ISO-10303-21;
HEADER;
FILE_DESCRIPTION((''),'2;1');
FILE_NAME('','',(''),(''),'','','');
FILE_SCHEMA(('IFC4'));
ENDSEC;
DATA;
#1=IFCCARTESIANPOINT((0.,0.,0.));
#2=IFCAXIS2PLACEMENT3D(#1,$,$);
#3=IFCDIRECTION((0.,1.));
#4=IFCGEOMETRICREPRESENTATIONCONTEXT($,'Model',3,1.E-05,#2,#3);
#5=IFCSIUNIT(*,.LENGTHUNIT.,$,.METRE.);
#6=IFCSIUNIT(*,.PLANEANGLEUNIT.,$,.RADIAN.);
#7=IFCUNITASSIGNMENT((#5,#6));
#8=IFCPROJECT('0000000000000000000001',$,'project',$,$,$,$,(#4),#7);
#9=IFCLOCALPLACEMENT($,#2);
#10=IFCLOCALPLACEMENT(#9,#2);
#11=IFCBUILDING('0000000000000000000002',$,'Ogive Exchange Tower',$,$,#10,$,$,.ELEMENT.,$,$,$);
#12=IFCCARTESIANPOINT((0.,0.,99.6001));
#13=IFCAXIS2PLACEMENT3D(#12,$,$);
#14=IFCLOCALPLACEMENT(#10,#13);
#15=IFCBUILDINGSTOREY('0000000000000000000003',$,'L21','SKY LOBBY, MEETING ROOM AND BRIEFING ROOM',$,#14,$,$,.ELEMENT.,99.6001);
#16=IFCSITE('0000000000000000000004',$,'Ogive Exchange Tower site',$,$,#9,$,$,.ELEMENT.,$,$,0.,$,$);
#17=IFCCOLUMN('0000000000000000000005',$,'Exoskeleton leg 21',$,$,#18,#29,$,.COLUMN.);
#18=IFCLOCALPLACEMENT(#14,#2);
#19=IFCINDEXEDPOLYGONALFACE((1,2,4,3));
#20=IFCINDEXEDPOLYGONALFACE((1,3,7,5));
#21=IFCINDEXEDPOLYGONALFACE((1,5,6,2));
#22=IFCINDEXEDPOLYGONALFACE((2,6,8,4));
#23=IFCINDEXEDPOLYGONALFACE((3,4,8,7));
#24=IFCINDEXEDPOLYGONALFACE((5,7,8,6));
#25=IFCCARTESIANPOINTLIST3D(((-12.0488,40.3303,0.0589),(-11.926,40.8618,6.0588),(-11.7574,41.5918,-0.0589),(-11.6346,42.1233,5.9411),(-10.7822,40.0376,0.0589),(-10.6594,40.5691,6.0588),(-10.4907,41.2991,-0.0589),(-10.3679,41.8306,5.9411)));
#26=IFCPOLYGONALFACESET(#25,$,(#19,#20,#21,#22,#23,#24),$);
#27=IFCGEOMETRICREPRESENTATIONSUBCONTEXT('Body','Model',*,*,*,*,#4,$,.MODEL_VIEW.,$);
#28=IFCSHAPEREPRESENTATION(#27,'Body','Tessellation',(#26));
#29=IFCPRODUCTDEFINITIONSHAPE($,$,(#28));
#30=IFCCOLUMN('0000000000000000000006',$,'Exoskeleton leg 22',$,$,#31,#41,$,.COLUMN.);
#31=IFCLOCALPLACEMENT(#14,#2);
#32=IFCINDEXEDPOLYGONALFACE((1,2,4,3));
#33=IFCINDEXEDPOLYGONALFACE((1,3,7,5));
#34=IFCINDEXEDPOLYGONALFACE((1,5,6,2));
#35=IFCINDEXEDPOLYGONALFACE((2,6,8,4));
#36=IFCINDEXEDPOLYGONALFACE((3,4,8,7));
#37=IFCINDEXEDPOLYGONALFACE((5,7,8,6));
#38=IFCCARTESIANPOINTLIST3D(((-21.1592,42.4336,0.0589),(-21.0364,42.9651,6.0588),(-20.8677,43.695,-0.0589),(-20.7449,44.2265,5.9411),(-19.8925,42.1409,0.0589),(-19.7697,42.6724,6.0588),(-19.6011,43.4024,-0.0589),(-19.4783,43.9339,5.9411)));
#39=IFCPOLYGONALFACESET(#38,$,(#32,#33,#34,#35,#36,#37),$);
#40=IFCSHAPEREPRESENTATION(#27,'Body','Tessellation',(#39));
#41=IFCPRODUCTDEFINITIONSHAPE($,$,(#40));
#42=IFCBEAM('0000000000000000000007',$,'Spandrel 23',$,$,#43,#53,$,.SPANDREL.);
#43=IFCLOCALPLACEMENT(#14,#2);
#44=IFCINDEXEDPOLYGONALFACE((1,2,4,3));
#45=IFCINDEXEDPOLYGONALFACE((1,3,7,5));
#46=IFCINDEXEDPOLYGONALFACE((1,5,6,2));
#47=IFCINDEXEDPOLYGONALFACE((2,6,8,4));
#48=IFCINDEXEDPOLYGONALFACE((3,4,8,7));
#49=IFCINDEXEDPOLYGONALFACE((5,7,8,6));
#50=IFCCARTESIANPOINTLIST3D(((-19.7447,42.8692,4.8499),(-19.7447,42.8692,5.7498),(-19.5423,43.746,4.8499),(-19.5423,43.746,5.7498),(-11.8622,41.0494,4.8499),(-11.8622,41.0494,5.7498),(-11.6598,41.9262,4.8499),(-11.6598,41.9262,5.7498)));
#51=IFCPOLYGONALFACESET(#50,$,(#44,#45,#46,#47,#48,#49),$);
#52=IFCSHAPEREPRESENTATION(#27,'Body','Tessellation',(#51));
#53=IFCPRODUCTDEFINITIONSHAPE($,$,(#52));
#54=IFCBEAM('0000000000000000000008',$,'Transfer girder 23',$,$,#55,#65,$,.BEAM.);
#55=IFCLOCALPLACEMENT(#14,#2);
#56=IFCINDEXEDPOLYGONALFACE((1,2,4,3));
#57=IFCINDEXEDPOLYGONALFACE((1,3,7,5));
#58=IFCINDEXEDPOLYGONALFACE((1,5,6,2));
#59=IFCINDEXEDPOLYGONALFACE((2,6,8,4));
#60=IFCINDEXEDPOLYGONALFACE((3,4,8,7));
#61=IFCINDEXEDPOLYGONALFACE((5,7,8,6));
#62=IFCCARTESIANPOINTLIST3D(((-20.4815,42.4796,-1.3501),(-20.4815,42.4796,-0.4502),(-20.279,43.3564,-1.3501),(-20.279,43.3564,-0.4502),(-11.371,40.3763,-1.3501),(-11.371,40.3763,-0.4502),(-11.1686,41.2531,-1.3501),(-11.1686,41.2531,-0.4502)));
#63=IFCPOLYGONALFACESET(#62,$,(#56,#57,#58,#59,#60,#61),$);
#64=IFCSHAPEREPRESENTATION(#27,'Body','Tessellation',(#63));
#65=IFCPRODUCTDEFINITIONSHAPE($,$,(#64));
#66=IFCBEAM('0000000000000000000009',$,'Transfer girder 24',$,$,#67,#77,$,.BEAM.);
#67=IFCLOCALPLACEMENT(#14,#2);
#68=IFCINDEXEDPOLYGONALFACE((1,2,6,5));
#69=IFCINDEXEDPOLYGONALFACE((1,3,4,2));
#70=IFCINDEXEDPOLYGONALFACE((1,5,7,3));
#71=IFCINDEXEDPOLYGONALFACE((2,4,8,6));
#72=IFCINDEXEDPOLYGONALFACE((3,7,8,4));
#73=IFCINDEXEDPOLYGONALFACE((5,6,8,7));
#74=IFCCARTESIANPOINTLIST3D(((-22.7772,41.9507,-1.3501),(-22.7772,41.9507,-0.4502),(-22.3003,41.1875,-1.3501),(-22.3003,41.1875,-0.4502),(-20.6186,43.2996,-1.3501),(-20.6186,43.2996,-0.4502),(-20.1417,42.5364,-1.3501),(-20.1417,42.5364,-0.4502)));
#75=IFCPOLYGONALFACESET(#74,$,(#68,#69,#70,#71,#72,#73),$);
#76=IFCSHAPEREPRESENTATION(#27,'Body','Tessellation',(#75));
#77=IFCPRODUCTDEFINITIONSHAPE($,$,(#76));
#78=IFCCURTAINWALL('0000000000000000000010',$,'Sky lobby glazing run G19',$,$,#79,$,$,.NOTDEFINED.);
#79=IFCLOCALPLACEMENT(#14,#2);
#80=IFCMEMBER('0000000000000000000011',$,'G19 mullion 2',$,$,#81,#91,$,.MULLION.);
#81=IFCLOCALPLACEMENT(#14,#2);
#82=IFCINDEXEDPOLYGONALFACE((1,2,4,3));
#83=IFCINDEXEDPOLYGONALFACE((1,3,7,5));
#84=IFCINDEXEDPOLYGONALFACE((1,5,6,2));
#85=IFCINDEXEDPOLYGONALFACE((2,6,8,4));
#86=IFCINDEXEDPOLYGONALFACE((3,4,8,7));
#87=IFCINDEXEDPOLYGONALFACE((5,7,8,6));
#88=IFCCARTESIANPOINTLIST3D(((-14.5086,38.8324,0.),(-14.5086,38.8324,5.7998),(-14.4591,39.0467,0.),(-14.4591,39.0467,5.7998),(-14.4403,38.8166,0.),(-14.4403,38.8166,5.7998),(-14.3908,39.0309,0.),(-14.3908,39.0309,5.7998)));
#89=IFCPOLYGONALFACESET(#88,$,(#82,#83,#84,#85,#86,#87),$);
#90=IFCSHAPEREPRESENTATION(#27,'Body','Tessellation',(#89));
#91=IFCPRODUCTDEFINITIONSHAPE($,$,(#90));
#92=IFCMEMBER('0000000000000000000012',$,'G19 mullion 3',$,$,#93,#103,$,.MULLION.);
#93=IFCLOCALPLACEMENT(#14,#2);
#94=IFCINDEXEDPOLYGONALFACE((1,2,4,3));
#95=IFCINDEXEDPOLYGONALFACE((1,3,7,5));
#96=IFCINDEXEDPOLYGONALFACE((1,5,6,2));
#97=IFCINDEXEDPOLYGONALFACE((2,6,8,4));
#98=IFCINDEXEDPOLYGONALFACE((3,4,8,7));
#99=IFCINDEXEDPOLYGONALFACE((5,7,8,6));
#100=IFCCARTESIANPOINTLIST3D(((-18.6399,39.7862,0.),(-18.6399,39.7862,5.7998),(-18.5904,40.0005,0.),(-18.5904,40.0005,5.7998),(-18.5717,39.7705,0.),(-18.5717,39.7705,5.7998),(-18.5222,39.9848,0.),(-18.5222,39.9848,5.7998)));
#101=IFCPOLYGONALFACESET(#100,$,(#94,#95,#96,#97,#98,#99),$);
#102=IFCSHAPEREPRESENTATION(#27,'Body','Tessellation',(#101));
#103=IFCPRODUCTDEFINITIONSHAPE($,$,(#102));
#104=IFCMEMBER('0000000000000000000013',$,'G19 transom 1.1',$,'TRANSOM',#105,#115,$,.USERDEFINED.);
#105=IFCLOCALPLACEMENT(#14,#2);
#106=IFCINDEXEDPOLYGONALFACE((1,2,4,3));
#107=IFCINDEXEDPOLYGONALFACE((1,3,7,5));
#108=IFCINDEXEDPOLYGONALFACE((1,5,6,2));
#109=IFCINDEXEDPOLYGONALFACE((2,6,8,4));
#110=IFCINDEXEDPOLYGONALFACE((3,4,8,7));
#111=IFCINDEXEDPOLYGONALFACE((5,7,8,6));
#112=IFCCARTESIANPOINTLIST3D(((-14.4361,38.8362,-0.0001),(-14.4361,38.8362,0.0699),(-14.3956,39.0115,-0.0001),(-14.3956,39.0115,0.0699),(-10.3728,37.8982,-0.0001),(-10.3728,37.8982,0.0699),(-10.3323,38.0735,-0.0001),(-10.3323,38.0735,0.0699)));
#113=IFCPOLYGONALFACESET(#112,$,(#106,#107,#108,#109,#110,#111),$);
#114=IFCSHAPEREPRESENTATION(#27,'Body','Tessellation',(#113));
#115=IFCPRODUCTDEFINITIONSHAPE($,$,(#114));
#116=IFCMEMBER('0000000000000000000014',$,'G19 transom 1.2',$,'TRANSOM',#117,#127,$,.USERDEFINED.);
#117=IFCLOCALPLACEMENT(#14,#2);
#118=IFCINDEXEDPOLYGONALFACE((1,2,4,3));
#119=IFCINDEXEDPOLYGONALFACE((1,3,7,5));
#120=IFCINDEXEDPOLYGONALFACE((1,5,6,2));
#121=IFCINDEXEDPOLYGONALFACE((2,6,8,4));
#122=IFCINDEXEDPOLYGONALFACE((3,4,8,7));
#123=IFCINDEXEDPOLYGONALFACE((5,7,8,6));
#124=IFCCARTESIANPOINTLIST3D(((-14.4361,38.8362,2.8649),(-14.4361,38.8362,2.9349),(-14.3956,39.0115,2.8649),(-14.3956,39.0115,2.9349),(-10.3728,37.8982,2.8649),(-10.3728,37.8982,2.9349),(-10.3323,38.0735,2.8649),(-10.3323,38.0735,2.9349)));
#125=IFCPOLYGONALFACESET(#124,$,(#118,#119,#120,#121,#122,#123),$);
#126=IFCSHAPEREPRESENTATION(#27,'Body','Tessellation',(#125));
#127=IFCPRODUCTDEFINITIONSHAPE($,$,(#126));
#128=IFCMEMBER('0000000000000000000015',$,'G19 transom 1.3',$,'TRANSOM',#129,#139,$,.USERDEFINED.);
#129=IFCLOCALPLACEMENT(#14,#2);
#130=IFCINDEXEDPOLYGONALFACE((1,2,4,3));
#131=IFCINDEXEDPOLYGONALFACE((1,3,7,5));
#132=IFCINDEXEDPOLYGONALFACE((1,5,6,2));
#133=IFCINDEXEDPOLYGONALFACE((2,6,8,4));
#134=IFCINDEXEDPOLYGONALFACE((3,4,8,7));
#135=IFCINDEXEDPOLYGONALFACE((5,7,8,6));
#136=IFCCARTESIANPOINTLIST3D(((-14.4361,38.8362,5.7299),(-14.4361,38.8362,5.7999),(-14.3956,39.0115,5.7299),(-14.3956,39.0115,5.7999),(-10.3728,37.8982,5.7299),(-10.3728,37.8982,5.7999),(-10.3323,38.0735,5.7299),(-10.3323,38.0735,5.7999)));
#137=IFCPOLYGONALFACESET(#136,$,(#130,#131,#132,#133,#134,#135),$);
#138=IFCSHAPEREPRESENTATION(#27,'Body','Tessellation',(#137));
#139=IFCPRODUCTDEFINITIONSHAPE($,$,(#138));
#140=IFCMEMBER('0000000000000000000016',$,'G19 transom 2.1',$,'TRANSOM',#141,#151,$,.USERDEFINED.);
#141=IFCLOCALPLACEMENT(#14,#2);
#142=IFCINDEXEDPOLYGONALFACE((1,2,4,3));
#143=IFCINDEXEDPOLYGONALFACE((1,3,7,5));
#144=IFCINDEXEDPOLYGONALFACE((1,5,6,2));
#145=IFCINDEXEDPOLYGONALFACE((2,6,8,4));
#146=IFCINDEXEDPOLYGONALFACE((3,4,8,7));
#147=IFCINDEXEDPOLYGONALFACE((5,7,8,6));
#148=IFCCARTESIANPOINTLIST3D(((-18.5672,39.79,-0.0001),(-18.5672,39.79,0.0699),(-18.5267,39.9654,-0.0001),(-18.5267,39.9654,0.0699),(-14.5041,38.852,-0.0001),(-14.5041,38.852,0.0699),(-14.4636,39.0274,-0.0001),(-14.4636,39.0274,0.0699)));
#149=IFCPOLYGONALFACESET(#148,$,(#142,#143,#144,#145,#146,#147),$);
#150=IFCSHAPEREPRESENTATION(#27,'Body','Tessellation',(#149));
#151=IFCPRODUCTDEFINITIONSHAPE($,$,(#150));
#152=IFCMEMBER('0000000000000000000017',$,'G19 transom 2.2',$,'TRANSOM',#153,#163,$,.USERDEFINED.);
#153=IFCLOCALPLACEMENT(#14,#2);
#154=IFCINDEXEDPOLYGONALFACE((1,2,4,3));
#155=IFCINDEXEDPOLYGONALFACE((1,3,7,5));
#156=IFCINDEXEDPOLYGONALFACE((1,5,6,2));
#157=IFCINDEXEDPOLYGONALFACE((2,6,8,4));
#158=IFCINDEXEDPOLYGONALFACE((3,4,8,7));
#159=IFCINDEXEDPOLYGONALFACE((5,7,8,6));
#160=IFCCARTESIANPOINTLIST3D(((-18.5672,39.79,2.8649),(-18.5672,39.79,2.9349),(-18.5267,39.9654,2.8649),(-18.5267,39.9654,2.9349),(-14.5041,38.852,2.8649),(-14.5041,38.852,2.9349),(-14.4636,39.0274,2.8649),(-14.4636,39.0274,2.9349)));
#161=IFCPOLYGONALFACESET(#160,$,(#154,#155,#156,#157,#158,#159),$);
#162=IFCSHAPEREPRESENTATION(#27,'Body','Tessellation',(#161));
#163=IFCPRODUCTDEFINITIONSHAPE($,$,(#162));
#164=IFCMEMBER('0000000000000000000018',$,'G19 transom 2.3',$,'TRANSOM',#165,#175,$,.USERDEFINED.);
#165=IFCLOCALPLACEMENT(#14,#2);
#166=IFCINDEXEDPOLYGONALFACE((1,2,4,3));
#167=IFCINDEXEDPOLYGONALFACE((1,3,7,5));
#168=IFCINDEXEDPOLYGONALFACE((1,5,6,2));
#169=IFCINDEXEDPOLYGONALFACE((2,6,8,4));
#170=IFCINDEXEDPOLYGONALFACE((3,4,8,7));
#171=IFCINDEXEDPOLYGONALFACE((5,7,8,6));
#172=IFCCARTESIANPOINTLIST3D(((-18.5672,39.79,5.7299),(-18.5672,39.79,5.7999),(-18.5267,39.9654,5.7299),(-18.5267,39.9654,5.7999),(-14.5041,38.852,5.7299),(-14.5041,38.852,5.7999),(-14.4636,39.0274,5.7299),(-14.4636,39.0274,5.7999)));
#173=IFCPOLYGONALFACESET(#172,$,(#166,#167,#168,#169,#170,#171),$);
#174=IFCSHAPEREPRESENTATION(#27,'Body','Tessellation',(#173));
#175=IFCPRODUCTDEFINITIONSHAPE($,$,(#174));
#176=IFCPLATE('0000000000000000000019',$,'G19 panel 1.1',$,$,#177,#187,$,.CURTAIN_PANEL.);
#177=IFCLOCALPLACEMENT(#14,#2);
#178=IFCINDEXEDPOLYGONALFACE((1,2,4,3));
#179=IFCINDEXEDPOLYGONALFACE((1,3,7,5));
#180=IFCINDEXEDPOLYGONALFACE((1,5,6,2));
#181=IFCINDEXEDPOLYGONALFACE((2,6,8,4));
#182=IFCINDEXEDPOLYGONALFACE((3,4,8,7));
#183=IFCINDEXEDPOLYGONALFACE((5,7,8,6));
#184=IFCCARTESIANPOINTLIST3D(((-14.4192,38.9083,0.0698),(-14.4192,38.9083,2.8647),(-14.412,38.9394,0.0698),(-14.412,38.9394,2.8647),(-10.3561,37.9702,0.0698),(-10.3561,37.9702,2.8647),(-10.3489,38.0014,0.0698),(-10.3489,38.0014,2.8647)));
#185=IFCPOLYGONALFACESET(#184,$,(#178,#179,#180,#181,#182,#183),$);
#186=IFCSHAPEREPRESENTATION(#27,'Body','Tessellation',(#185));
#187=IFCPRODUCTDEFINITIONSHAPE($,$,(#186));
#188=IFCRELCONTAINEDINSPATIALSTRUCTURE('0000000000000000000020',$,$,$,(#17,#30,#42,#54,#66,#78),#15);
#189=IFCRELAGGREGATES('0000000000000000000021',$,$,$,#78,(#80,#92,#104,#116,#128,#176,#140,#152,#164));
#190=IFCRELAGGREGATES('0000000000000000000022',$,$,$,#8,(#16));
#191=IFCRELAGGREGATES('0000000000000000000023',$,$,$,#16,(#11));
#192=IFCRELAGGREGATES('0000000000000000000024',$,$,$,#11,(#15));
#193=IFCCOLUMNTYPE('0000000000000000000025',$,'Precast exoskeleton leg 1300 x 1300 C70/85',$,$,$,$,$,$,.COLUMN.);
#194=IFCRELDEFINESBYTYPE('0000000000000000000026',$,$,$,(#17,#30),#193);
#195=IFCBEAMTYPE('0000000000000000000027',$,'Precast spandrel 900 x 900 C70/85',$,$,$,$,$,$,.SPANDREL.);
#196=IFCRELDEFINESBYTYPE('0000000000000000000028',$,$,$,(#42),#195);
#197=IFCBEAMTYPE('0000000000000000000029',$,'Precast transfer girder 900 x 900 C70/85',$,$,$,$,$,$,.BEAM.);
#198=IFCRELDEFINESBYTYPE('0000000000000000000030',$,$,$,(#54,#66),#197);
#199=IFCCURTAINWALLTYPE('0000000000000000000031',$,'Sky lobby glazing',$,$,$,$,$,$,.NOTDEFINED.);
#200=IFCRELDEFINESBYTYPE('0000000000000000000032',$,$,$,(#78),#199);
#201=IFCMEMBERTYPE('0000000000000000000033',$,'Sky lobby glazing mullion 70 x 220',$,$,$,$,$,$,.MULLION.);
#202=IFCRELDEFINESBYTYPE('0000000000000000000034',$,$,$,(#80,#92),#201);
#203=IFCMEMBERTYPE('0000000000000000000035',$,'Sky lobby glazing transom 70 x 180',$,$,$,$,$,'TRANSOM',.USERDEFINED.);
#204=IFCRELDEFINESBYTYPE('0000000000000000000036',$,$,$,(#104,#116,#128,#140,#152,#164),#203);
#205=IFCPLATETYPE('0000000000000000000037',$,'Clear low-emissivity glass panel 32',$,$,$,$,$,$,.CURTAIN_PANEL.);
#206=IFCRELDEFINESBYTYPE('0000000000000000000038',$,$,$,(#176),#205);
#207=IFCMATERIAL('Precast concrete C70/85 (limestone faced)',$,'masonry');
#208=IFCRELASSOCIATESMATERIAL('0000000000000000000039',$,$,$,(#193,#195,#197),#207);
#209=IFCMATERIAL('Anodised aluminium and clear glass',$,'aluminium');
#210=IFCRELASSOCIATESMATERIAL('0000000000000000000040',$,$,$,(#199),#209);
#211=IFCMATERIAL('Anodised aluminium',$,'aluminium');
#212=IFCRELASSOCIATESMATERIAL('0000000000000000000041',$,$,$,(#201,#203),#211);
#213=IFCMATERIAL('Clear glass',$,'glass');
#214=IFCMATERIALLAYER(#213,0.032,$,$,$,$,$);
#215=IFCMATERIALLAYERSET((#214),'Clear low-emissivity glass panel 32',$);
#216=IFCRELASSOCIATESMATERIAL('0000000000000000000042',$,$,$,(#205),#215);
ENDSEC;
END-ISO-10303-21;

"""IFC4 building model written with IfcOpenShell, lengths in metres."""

from ifc_helpers import new_model, si_unit, direction, frame, origin, origin_2d, place, context, subcontext, project, spatial, rectangle, extrude, material, layer, layer_set, material_profile, profile_set, type_object, element, aggregate, save


model = new_model("IFC4")

# Units and contexts
model_context = context("Model", 3, precision=1e-05, world=origin(), true_north=direction((0.0, 1.0)))
body_context = subcontext(model_context, "Body", "Model", "MODEL_VIEW")
ifc_project = project(units=[si_unit("LENGTHUNIT", "METRE"), si_unit("PLANEANGLEUNIT", "RADIAN")], contexts=[model_context])

# Site, building, storey
site_placement = place(None, origin())
site = spatial("IfcSite", under=ifc_project, at=site_placement, Name="Ogive Exchange Tower site", CompositionType="ELEMENT", RefElevation=0.0)
building_placement = place(site_placement, origin())
building = spatial("IfcBuilding", under=site, at=building_placement, Name="Ogive Exchange Tower", CompositionType="ELEMENT")
storey_placement = place(building_placement, frame((0.0, 0.0, 99.6001)))
storey = spatial("IfcBuildingStorey", under=building, at=storey_placement, Name="L21", Description="SKY LOBBY, MEETING ROOM AND BRIEFING ROOM", CompositionType="ELEMENT", Elevation=99.6001)

# Columns
ifc_material_1 = material(Name="Precast concrete C70/85 (limestone faced)", Category="masonry")
ifc_material_profile_1 = material_profile(ifc_material_1, rectangle(XDim=1.3, YDim=1.3, at=origin_2d()), Name="1300 x 1300")
ifc_profile_set_1 = profile_set([ifc_material_profile_1], Name="Precast concrete C70/85 (limestone faced)")
column_type = type_object("IfcColumnType", Name="Precast exoskeleton leg 1300 x 1300 C70/85", PredefinedType="COLUMN", material=ifc_profile_set_1)
for number, where, z_axis, x_axis, name in (
    (1, (-11.2698, 40.8147, 0.0), (0.020383, 0.088219, 0.995893), (-0.974331, 0.225121, 0.0), "Exoskeleton leg 21"),
    (2, (-20.3801, 42.918, 0.0), (0.020383, 0.088219, 0.995893), (-0.974331, 0.225121, 0.0), "Exoskeleton leg 22"),
):
    element("IfcColumn", number, at=place(storey_placement, frame(where, z_axis=z_axis, x_axis=x_axis)), inside=storey, type_object=column_type, Name=name, PredefinedType="COLUMN", context=body_context, shape_type="SweptSolid", body=[
        extrude(rectangle(XDim=1.3, YDim=1.3, at=origin_2d()), origin(), (0.0, 0.0, 1.0), 6.0247),
    ])

# Beams
ifc_material_profile_2 = material_profile(ifc_material_1, rectangle(XDim=0.8999, YDim=0.8999, at=origin_2d()), Name="900 x 900")
ifc_profile_set_2 = profile_set([ifc_material_profile_2], Name="Precast concrete C70/85 (limestone faced)")
beam_type_1 = type_object("IfcBeamType", Name="Precast spandrel 900 x 900 C70/85", PredefinedType="SPANDREL", material=ifc_profile_set_2)
beam_1_placement = place(storey_placement, frame((-11.761, 41.4878, 5.2998), z_axis=(-0.97437, 0.22495, 0.0), x_axis=(-0.22495, -0.97437, 0.0)))
element("IfcBeam", 3, at=beam_1_placement, inside=storey, type_object=beam_type_1, Name="Spandrel 23", PredefinedType="SPANDREL", context=body_context, shape_type="SweptSolid", body=[
    extrude(rectangle(XDim=0.8999, YDim=0.8999, at=origin_2d()), origin(), (0.0, 0.0, 1.0), 8.0898),
])
ifc_material_profile_3 = material_profile(ifc_material_1, rectangle(XDim=0.8999, YDim=0.8999, at=origin_2d()), Name="900 x 900")
ifc_profile_set_3 = profile_set([ifc_material_profile_3], Name="Precast concrete C70/85 (limestone faced)")
beam_type_2 = type_object("IfcBeamType", Name="Precast transfer girder 900 x 900 C70/85", PredefinedType="BEAM", material=ifc_profile_set_3)
beam_2_placement = place(storey_placement, frame((-11.2698, 40.8147, -0.9001), z_axis=(-0.974371, 0.224949, 0.0), x_axis=(-0.224949, -0.974371, 0.0)))
element("IfcBeam", 4, at=beam_2_placement, inside=storey, type_object=beam_type_2, Name="Transfer girder 23", PredefinedType="BEAM", context=body_context, shape_type="SweptSolid", body=[
    extrude(rectangle(XDim=0.8999, YDim=0.8999, at=origin_2d()), origin(), (0.0, 0.0, 1.0), 9.3501),
])
beam_3_placement = place(storey_placement, frame((-20.3801, 42.918, -0.9001), z_axis=(-0.848052, -0.529913, 0.0), x_axis=(0.529913, -0.848052, 0.0)))
element("IfcBeam", 5, at=beam_3_placement, inside=storey, type_object=beam_type_2, Name="Transfer girder 24", PredefinedType="BEAM", context=body_context, shape_type="SweptSolid", body=[
    extrude(rectangle(XDim=0.8999, YDim=0.8999, at=origin_2d()), origin(), (0.0, 0.0, 1.0), 2.5454),
])

# Curtain wall, members, plate
ifc_material_2 = material(Name="Anodised aluminium and clear glass", Category="aluminium")
curtain_wall_type = type_object("IfcCurtainWallType", Name="Sky lobby glazing", PredefinedType="NOTDEFINED", material=ifc_material_2)
curtain_wall_placement = place(storey_placement, origin())
curtain_wall = element("IfcCurtainWall", 6, at=curtain_wall_placement, inside=storey, type_object=curtain_wall_type, Name="Sky lobby glazing run G19", PredefinedType="NOTDEFINED")
ifc_material_3 = material(Name="Anodised aluminium", Category="aluminium")
ifc_material_profile_4 = material_profile(ifc_material_3, rectangle(XDim=0.22, YDim=0.0701, at=origin_2d()), Name="AL 70x220")
ifc_profile_set_4 = profile_set([ifc_material_profile_4], Name="Anodised aluminium")
member_type_1 = type_object("IfcMemberType", Name="Sky lobby glazing mullion 70 x 220", PredefinedType="MULLION", material=ifc_profile_set_4)
member_1_placement = place(storey_placement, frame((-14.4497, 38.9316, 0.0), z_axis=(0.0, 0.0, 1.0), x_axis=(-0.224949, -0.97437, 0.0)))
member_1 = element("IfcMember", 7, at=member_1_placement, type_object=member_type_1, Name="G19 mullion 2", PredefinedType="MULLION", context=body_context, shape_type="SweptSolid", body=[
    extrude(rectangle(XDim=0.22, YDim=0.0701, at=origin_2d()), origin(), (0.0, 0.0, 1.0), 5.7998),
])
member_2_placement = place(storey_placement, frame((-18.5811, 39.8855, 0.0), z_axis=(0.0, 0.0, 1.0), x_axis=(-0.224949, -0.97437, 0.0)))
member_2 = element("IfcMember", 8, at=member_2_placement, type_object=member_type_1, Name="G19 mullion 3", PredefinedType="MULLION", context=body_context, shape_type="SweptSolid", body=[
    extrude(rectangle(XDim=0.22, YDim=0.0701, at=origin_2d()), origin(), (0.0, 0.0, 1.0), 5.7998),
])
ifc_material_profile_5 = material_profile(ifc_material_3, rectangle(XDim=0.1799, YDim=0.0701, at=origin_2d()), Name="AL 70x180")
ifc_profile_set_5 = profile_set([ifc_material_profile_5], Name="Anodised aluminium")
member_type_2 = type_object("IfcMemberType", Name="Sky lobby glazing transom 70 x 180", ElementType="TRANSOM", PredefinedType="USERDEFINED", material=ifc_profile_set_5)
member_3_placement = place(storey_placement, frame((-10.3525, 37.9858, 0.0349), z_axis=(-0.974374, 0.224932, 0.0), x_axis=(-0.224932, -0.974374, 0.0)))
member_3 = element("IfcMember", 9, at=member_3_placement, type_object=member_type_2, Name="G19 transom 1.1", ObjectType="TRANSOM", PredefinedType="USERDEFINED", context=body_context, shape_type="SweptSolid", body=[
    extrude(rectangle(XDim=0.1799, YDim=0.0701, at=origin_2d()), origin(), (0.0, 0.0, 1.0), 4.1702),
])
member_4_placement = place(storey_placement, frame((-10.3525, 37.9858, 2.8999), z_axis=(-0.974374, 0.224932, 0.0), x_axis=(-0.224932, -0.974374, 0.0)))
member_4 = element("IfcMember", 10, at=member_4_placement, type_object=member_type_2, Name="G19 transom 1.2", ObjectType="TRANSOM", PredefinedType="USERDEFINED", context=body_context, shape_type="SweptSolid", body=[
    extrude(rectangle(XDim=0.1799, YDim=0.0701, at=origin_2d()), origin(), (0.0, 0.0, 1.0), 4.1702),
])
member_5_placement = place(storey_placement, frame((-10.3525, 37.9858, 5.7649), z_axis=(-0.974374, 0.224932, 0.0), x_axis=(-0.224932, -0.974374, 0.0)))
member_5 = element("IfcMember", 11, at=member_5_placement, type_object=member_type_2, Name="G19 transom 1.3", ObjectType="TRANSOM", PredefinedType="USERDEFINED", context=body_context, shape_type="SweptSolid", body=[
    extrude(rectangle(XDim=0.1799, YDim=0.0701, at=origin_2d()), origin(), (0.0, 0.0, 1.0), 4.1702),
])
member_6_placement = place(storey_placement, frame((-14.4839, 38.9397, 0.0349), z_axis=(-0.974371, 0.224945, 0.0), x_axis=(-0.224945, -0.974371, 0.0)))
member_6 = element("IfcMember", 12, at=member_6_placement, type_object=member_type_2, Name="G19 transom 2.1", ObjectType="TRANSOM", PredefinedType="USERDEFINED", context=body_context, shape_type="SweptSolid", body=[
    extrude(rectangle(XDim=0.1799, YDim=0.0701, at=origin_2d()), origin(), (0.0, 0.0, 1.0), 4.1699),
])
member_7_placement = place(storey_placement, frame((-14.4839, 38.9397, 2.8999), z_axis=(-0.974371, 0.224945, 0.0), x_axis=(-0.224945, -0.974371, 0.0)))
member_7 = element("IfcMember", 13, at=member_7_placement, type_object=member_type_2, Name="G19 transom 2.2", ObjectType="TRANSOM", PredefinedType="USERDEFINED", context=body_context, shape_type="SweptSolid", body=[
    extrude(rectangle(XDim=0.1799, YDim=0.0701, at=origin_2d()), origin(), (0.0, 0.0, 1.0), 4.1699),
])
member_8_placement = place(storey_placement, frame((-14.4839, 38.9397, 5.7649), z_axis=(-0.974371, 0.224945, 0.0), x_axis=(-0.224945, -0.974371, 0.0)))
member_8 = element("IfcMember", 14, at=member_8_placement, type_object=member_type_2, Name="G19 transom 2.3", ObjectType="TRANSOM", PredefinedType="USERDEFINED", context=body_context, shape_type="SweptSolid", body=[
    extrude(rectangle(XDim=0.1799, YDim=0.0701, at=origin_2d()), origin(), (0.0, 0.0, 1.0), 4.1699),
])
ifc_material_4 = material(Name="Clear glass", Category="glass")
ifc_layer_1 = layer(ifc_material_4, 0.032)
ifc_layer_set_1 = layer_set([ifc_layer_1], Name="Clear low-emissivity glass panel 32")
plate_type = type_object("IfcPlateType", Name="Clear low-emissivity glass panel 32", PredefinedType="CURTAIN_PANEL", material=ifc_layer_set_1)
plate_1_placement = place(storey_placement, frame((-12.384, 38.4548, 0.0698), z_axis=(0.0, 0.0, 1.0), x_axis=(-0.97437, 0.224949, 0.0)))
plate_1 = element("IfcPlate", 15, at=plate_1_placement, type_object=plate_type, Name="G19 panel 1.1", PredefinedType="CURTAIN_PANEL", context=body_context, shape_type="SweptSolid", body=[
    extrude(rectangle(XDim=4.1699, YDim=0.032, at=origin_2d()), origin(), (0.0, 0.0, 1.0), 2.7949),
])
aggregate(curtain_wall, [member_1, member_2, member_3, member_4, member_5, plate_1, member_6, member_7, member_8])

save(model, "model.ifc")
